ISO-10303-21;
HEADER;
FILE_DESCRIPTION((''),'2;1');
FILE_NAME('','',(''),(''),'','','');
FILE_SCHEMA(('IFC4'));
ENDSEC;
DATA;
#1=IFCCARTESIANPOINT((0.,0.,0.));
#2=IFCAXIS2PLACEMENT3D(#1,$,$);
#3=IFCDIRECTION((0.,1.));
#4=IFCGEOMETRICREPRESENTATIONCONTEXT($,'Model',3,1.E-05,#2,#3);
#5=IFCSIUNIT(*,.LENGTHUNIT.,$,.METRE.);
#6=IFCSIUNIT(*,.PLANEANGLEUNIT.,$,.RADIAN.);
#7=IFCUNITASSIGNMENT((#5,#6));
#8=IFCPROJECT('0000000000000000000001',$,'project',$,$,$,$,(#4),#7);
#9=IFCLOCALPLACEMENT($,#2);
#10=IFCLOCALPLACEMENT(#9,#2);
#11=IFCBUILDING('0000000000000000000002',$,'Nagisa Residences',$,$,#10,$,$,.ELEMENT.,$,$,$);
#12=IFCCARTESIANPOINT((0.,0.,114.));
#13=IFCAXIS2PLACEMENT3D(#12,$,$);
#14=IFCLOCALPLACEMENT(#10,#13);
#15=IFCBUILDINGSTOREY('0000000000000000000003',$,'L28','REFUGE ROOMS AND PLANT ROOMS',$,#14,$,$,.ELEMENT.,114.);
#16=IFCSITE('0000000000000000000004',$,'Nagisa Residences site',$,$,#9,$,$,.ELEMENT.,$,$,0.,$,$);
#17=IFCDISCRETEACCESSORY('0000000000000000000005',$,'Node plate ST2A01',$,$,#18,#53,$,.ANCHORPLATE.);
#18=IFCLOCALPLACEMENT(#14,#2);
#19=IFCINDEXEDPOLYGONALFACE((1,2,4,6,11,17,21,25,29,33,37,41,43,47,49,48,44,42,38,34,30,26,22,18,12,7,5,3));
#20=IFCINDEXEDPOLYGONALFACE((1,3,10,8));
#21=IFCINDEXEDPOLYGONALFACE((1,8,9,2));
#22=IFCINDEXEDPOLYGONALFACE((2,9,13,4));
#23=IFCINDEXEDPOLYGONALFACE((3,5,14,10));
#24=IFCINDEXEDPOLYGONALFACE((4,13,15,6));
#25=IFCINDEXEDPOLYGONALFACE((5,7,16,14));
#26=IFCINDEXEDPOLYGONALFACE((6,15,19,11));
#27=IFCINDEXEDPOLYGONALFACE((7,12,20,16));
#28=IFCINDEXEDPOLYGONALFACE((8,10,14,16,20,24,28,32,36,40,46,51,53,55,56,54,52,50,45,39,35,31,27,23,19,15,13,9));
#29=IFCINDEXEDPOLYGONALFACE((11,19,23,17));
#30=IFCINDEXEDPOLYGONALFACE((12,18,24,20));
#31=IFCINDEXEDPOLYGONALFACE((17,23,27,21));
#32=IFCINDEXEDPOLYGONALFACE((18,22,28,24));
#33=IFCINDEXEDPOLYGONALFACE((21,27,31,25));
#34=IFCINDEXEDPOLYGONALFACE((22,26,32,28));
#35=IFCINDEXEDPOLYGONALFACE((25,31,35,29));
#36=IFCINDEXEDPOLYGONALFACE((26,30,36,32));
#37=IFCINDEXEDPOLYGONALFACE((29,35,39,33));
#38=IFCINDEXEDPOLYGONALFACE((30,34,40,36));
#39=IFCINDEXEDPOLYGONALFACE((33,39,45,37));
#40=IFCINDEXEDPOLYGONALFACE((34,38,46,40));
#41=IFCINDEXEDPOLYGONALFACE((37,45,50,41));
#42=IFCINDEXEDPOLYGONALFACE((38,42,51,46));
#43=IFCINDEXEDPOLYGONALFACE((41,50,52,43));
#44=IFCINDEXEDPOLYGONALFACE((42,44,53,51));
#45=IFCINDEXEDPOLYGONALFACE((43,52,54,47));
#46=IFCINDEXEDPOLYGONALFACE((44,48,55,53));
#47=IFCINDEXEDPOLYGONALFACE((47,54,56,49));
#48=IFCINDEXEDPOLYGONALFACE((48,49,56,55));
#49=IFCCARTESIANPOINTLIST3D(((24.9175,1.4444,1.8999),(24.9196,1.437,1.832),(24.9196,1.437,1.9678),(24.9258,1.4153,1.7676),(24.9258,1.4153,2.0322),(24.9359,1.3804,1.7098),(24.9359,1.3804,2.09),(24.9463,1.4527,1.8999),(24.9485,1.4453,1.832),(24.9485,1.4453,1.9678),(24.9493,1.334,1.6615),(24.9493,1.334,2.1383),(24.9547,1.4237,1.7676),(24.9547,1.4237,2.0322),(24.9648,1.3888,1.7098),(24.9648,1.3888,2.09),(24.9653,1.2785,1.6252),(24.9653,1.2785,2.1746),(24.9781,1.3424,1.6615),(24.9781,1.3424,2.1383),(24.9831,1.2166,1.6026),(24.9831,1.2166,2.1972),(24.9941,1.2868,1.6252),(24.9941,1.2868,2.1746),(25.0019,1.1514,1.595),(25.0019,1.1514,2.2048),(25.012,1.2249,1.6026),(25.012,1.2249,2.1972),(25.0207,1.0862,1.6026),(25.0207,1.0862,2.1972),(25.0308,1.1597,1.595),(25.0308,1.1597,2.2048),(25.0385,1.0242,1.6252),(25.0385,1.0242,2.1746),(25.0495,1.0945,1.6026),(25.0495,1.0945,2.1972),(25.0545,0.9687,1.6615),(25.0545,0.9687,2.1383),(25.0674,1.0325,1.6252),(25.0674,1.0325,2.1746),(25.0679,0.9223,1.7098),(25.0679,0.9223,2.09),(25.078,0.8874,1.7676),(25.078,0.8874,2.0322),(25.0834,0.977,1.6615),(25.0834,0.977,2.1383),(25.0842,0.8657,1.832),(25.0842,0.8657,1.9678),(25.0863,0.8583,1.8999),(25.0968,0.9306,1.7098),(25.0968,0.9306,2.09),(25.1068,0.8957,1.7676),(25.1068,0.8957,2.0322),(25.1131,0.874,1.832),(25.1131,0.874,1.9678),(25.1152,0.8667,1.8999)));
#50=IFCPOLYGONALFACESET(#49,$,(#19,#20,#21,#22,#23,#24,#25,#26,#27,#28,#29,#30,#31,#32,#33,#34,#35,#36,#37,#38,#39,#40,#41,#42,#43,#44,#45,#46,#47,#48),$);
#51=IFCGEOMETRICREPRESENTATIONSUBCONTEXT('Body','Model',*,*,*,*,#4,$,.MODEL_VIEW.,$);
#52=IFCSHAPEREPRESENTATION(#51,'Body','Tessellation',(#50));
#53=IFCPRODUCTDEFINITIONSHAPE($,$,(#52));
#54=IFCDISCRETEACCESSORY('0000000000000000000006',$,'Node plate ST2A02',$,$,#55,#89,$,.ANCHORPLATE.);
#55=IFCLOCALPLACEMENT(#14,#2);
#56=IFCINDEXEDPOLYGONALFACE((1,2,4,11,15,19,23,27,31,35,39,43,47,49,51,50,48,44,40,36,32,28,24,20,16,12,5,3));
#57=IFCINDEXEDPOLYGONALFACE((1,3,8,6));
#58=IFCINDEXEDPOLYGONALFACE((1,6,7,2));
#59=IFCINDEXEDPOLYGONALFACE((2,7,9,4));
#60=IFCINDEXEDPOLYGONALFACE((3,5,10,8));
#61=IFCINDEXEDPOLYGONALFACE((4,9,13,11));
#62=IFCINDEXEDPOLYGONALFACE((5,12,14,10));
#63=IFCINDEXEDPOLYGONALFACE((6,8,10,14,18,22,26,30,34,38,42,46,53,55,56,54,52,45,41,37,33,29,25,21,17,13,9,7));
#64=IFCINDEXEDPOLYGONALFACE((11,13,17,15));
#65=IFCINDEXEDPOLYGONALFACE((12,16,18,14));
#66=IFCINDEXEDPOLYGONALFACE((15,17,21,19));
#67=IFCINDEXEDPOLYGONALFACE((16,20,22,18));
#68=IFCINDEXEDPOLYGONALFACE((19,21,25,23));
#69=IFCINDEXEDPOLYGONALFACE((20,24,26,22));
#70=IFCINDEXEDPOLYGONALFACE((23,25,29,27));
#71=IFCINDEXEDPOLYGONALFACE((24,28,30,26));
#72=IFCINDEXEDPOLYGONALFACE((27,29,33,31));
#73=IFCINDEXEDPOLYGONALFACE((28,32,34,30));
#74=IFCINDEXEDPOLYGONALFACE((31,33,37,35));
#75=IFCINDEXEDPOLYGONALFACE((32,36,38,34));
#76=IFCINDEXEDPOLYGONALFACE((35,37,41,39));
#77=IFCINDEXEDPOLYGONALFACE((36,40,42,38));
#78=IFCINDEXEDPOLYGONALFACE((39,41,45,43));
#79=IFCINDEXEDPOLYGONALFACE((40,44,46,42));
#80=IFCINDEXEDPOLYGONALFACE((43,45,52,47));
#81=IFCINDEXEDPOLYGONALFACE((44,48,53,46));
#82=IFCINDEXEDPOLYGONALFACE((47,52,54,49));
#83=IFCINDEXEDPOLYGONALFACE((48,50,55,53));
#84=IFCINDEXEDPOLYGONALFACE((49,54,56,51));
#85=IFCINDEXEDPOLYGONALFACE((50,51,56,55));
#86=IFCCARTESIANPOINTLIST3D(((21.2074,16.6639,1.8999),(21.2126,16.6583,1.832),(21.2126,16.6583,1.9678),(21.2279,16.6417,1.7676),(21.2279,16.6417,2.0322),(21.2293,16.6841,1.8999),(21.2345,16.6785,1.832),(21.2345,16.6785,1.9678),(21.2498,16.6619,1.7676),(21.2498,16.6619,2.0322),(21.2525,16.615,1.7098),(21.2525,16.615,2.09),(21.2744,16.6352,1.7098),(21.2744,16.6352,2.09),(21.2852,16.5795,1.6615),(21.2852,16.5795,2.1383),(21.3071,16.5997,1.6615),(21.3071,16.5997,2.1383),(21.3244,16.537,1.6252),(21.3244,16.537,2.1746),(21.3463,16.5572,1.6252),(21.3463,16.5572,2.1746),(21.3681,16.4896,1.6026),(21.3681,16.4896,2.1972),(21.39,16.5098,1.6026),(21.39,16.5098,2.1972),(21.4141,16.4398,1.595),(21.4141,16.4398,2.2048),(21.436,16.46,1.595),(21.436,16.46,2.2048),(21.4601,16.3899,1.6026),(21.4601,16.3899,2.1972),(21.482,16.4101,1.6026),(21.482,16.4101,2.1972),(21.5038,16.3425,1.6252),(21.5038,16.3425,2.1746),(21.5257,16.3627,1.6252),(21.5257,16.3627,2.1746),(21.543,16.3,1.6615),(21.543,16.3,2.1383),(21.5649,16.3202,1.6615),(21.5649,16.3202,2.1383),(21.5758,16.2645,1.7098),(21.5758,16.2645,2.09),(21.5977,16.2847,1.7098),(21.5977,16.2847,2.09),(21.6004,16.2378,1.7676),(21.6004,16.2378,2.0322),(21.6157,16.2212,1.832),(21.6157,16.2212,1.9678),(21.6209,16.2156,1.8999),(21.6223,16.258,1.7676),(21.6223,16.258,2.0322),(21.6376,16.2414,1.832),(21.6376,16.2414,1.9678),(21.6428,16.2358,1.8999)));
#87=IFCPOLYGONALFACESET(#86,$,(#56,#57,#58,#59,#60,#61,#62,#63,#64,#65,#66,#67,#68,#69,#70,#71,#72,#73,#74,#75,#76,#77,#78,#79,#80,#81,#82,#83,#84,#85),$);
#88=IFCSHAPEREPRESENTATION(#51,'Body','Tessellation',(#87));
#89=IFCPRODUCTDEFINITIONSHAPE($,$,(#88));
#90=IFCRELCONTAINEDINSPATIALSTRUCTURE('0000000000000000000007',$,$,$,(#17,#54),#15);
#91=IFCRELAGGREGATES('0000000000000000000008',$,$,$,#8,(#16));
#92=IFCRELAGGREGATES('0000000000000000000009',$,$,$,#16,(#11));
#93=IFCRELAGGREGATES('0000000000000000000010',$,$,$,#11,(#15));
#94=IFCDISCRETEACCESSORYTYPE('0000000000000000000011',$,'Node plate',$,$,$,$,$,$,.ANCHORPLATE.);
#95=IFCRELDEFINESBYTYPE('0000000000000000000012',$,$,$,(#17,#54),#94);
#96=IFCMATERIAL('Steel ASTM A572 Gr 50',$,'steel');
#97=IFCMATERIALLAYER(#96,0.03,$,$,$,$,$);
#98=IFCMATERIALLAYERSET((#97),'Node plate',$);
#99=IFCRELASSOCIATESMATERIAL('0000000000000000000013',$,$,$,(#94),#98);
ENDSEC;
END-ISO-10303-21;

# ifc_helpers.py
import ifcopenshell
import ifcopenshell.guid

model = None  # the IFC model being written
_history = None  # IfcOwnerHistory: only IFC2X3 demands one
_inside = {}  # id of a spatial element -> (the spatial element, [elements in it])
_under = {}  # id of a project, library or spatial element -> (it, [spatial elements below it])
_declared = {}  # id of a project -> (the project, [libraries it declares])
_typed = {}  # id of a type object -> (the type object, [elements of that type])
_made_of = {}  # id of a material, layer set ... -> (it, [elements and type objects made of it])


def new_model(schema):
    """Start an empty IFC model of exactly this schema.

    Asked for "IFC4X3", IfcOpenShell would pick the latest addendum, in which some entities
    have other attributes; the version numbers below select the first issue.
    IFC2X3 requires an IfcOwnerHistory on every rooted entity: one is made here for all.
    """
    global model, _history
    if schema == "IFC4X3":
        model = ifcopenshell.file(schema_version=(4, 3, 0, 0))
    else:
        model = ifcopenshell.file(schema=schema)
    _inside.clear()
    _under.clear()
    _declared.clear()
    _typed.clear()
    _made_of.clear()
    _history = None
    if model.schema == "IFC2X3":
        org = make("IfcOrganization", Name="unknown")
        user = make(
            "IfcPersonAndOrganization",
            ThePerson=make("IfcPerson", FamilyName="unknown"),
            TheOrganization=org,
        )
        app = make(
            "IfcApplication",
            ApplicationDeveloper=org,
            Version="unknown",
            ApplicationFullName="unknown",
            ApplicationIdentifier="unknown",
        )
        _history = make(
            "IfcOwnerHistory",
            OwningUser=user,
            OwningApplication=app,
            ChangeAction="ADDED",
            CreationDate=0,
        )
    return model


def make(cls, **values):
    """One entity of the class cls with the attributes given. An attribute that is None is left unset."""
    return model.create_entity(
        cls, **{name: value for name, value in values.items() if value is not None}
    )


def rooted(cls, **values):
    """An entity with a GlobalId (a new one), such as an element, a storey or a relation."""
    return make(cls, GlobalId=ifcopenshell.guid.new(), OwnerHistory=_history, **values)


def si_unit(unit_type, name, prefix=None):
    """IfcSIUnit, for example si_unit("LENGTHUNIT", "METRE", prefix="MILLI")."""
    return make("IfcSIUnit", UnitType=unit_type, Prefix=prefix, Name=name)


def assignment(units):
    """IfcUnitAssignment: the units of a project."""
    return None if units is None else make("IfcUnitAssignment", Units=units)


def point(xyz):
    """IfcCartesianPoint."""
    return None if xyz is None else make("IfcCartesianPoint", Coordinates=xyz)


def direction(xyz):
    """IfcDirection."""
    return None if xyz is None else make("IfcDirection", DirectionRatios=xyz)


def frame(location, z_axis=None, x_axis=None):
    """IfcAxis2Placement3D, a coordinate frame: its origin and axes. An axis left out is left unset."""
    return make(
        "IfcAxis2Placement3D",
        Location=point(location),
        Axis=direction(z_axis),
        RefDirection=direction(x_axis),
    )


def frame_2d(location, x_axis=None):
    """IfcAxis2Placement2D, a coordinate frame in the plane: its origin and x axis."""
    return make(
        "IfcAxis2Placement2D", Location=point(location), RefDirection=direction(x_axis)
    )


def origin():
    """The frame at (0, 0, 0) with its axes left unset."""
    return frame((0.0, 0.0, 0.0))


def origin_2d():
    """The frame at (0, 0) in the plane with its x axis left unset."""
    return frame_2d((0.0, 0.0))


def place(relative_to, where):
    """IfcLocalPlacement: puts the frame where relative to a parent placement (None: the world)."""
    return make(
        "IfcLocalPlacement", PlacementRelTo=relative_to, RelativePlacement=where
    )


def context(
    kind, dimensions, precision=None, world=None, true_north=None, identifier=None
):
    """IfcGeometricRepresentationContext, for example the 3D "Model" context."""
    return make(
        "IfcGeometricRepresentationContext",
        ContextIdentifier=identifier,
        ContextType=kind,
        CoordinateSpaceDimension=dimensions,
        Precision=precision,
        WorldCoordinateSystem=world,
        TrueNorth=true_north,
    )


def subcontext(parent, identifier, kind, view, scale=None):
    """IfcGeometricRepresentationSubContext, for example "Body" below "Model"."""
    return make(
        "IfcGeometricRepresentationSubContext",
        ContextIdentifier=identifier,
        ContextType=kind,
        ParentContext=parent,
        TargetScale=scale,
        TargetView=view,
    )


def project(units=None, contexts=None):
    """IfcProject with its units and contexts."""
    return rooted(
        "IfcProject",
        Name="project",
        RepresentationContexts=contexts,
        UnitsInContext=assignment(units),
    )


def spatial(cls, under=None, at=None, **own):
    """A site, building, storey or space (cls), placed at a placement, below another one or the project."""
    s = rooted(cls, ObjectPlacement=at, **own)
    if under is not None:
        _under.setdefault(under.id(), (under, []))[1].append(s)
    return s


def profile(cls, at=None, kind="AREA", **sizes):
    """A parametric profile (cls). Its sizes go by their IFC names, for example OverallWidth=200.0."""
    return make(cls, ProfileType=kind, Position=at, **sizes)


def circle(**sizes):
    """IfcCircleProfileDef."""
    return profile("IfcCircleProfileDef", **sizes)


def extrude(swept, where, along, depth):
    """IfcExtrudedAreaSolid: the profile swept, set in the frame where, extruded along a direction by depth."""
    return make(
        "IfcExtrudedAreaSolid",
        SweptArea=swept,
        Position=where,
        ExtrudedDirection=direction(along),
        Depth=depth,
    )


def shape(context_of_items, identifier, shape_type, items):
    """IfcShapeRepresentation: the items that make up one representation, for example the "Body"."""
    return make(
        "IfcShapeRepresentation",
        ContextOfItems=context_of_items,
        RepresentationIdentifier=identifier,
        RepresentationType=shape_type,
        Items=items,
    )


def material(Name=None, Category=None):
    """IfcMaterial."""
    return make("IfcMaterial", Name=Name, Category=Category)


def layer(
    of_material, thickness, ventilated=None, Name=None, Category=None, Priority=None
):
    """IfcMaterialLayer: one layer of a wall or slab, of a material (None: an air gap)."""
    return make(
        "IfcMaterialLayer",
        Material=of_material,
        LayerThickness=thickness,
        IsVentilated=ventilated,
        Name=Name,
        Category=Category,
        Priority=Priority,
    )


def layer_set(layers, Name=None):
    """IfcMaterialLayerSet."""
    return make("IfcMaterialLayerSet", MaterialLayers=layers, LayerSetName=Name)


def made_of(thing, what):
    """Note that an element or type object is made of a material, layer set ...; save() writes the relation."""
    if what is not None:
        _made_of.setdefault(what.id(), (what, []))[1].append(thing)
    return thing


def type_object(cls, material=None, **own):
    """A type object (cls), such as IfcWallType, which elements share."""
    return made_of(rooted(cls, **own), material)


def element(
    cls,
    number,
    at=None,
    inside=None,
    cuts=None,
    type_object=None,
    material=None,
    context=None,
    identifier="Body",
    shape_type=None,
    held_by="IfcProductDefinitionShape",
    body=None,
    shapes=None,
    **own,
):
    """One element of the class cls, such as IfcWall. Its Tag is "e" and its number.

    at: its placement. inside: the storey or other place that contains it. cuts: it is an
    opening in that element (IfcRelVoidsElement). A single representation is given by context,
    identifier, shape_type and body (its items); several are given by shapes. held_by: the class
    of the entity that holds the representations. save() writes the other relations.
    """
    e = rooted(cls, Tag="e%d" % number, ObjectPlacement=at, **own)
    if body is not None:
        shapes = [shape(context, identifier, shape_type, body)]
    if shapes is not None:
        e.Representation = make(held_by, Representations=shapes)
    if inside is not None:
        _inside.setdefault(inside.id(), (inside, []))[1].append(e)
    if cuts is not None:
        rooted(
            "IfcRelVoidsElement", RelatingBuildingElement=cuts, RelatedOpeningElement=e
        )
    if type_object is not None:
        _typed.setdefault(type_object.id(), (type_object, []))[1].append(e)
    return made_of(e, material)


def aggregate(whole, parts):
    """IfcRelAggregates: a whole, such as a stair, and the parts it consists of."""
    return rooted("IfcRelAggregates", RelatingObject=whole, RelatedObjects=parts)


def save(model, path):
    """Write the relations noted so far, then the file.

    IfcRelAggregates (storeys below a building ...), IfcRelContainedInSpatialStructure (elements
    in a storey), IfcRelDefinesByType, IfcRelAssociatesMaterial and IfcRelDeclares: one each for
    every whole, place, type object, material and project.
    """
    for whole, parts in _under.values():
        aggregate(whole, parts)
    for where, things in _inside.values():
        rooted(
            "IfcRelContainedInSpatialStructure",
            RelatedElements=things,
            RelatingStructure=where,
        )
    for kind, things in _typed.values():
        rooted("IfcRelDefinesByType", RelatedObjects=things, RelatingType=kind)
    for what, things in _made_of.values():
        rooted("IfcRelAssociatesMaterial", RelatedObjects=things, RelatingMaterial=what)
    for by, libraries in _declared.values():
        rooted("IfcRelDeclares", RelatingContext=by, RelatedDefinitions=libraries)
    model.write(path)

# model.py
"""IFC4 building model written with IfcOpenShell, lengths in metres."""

from ifc_helpers import new_model, si_unit, direction, frame, origin, origin_2d, place, context, subcontext, project, spatial, circle, extrude, material, layer, layer_set, type_object, element, save


model = new_model("IFC4")

# Units and contexts
model_context = context("Model", 3, precision=1e-05, world=origin(), true_north=direction((0.0, 1.0)))
body_context = subcontext(model_context, "Body", "Model", "MODEL_VIEW")
ifc_project = project(units=[si_unit("LENGTHUNIT", "METRE"), si_unit("PLANEANGLEUNIT", "RADIAN")], contexts=[model_context])

# Site, building, storey
site_placement = place(None, origin())
site = spatial("IfcSite", under=ifc_project, at=site_placement, Name="Nagisa Residences site", CompositionType="ELEMENT", RefElevation=0.0)
building_placement = place(site_placement, origin())
building = spatial("IfcBuilding", under=site, at=building_placement, Name="Nagisa Residences", CompositionType="ELEMENT")
storey_placement = place(building_placement, frame((0.0, 0.0, 114.0)))
storey = spatial("IfcBuildingStorey", under=building, at=storey_placement, Name="L28", Description="REFUGE ROOMS AND PLANT ROOMS", CompositionType="ELEMENT", Elevation=114.0)

# Discrete accessories
ifc_material_1 = material(Name="Steel ASTM A572 Gr 50", Category="steel")
ifc_layer_1 = layer(ifc_material_1, 0.03)
ifc_layer_set_1 = layer_set([ifc_layer_1], Name="Node plate")
discrete_accessory_type = type_object("IfcDiscreteAccessoryType", Name="Node plate", PredefinedType="ANCHORPLATE", material=ifc_layer_set_1)
discrete_accessory_1_placement = place(storey_placement, frame((25.0308, 1.1597, 1.8999), z_axis=(-0.960907, -0.276871, 0.0), x_axis=(0.276871, -0.960907, 0.0)))
element("IfcDiscreteAccessory", 1, at=discrete_accessory_1_placement, inside=storey, type_object=discrete_accessory_type, Name="Node plate ST2A01", PredefinedType="ANCHORPLATE", context=body_context, shape_type="SweptSolid", body=[
    extrude(circle(Radius=0.3049, at=origin_2d()), origin(), (0.0, 0.0, 1.0), 0.03),
])
discrete_accessory_2_placement = place(storey_placement, frame((21.436, 16.46, 1.8999), z_axis=(-0.735117, -0.677941, 0.0), x_axis=(0.677941, -0.735117, 0.0)))
element("IfcDiscreteAccessory", 2, at=discrete_accessory_2_placement, inside=storey, type_object=discrete_accessory_type, Name="Node plate ST2A02", PredefinedType="ANCHORPLATE", context=body_context, shape_type="SweptSolid", body=[
    extrude(circle(Radius=0.3049, at=origin_2d()), origin(), (0.0, 0.0, 1.0), 0.0298),
])

save(model, "model.ifc")
